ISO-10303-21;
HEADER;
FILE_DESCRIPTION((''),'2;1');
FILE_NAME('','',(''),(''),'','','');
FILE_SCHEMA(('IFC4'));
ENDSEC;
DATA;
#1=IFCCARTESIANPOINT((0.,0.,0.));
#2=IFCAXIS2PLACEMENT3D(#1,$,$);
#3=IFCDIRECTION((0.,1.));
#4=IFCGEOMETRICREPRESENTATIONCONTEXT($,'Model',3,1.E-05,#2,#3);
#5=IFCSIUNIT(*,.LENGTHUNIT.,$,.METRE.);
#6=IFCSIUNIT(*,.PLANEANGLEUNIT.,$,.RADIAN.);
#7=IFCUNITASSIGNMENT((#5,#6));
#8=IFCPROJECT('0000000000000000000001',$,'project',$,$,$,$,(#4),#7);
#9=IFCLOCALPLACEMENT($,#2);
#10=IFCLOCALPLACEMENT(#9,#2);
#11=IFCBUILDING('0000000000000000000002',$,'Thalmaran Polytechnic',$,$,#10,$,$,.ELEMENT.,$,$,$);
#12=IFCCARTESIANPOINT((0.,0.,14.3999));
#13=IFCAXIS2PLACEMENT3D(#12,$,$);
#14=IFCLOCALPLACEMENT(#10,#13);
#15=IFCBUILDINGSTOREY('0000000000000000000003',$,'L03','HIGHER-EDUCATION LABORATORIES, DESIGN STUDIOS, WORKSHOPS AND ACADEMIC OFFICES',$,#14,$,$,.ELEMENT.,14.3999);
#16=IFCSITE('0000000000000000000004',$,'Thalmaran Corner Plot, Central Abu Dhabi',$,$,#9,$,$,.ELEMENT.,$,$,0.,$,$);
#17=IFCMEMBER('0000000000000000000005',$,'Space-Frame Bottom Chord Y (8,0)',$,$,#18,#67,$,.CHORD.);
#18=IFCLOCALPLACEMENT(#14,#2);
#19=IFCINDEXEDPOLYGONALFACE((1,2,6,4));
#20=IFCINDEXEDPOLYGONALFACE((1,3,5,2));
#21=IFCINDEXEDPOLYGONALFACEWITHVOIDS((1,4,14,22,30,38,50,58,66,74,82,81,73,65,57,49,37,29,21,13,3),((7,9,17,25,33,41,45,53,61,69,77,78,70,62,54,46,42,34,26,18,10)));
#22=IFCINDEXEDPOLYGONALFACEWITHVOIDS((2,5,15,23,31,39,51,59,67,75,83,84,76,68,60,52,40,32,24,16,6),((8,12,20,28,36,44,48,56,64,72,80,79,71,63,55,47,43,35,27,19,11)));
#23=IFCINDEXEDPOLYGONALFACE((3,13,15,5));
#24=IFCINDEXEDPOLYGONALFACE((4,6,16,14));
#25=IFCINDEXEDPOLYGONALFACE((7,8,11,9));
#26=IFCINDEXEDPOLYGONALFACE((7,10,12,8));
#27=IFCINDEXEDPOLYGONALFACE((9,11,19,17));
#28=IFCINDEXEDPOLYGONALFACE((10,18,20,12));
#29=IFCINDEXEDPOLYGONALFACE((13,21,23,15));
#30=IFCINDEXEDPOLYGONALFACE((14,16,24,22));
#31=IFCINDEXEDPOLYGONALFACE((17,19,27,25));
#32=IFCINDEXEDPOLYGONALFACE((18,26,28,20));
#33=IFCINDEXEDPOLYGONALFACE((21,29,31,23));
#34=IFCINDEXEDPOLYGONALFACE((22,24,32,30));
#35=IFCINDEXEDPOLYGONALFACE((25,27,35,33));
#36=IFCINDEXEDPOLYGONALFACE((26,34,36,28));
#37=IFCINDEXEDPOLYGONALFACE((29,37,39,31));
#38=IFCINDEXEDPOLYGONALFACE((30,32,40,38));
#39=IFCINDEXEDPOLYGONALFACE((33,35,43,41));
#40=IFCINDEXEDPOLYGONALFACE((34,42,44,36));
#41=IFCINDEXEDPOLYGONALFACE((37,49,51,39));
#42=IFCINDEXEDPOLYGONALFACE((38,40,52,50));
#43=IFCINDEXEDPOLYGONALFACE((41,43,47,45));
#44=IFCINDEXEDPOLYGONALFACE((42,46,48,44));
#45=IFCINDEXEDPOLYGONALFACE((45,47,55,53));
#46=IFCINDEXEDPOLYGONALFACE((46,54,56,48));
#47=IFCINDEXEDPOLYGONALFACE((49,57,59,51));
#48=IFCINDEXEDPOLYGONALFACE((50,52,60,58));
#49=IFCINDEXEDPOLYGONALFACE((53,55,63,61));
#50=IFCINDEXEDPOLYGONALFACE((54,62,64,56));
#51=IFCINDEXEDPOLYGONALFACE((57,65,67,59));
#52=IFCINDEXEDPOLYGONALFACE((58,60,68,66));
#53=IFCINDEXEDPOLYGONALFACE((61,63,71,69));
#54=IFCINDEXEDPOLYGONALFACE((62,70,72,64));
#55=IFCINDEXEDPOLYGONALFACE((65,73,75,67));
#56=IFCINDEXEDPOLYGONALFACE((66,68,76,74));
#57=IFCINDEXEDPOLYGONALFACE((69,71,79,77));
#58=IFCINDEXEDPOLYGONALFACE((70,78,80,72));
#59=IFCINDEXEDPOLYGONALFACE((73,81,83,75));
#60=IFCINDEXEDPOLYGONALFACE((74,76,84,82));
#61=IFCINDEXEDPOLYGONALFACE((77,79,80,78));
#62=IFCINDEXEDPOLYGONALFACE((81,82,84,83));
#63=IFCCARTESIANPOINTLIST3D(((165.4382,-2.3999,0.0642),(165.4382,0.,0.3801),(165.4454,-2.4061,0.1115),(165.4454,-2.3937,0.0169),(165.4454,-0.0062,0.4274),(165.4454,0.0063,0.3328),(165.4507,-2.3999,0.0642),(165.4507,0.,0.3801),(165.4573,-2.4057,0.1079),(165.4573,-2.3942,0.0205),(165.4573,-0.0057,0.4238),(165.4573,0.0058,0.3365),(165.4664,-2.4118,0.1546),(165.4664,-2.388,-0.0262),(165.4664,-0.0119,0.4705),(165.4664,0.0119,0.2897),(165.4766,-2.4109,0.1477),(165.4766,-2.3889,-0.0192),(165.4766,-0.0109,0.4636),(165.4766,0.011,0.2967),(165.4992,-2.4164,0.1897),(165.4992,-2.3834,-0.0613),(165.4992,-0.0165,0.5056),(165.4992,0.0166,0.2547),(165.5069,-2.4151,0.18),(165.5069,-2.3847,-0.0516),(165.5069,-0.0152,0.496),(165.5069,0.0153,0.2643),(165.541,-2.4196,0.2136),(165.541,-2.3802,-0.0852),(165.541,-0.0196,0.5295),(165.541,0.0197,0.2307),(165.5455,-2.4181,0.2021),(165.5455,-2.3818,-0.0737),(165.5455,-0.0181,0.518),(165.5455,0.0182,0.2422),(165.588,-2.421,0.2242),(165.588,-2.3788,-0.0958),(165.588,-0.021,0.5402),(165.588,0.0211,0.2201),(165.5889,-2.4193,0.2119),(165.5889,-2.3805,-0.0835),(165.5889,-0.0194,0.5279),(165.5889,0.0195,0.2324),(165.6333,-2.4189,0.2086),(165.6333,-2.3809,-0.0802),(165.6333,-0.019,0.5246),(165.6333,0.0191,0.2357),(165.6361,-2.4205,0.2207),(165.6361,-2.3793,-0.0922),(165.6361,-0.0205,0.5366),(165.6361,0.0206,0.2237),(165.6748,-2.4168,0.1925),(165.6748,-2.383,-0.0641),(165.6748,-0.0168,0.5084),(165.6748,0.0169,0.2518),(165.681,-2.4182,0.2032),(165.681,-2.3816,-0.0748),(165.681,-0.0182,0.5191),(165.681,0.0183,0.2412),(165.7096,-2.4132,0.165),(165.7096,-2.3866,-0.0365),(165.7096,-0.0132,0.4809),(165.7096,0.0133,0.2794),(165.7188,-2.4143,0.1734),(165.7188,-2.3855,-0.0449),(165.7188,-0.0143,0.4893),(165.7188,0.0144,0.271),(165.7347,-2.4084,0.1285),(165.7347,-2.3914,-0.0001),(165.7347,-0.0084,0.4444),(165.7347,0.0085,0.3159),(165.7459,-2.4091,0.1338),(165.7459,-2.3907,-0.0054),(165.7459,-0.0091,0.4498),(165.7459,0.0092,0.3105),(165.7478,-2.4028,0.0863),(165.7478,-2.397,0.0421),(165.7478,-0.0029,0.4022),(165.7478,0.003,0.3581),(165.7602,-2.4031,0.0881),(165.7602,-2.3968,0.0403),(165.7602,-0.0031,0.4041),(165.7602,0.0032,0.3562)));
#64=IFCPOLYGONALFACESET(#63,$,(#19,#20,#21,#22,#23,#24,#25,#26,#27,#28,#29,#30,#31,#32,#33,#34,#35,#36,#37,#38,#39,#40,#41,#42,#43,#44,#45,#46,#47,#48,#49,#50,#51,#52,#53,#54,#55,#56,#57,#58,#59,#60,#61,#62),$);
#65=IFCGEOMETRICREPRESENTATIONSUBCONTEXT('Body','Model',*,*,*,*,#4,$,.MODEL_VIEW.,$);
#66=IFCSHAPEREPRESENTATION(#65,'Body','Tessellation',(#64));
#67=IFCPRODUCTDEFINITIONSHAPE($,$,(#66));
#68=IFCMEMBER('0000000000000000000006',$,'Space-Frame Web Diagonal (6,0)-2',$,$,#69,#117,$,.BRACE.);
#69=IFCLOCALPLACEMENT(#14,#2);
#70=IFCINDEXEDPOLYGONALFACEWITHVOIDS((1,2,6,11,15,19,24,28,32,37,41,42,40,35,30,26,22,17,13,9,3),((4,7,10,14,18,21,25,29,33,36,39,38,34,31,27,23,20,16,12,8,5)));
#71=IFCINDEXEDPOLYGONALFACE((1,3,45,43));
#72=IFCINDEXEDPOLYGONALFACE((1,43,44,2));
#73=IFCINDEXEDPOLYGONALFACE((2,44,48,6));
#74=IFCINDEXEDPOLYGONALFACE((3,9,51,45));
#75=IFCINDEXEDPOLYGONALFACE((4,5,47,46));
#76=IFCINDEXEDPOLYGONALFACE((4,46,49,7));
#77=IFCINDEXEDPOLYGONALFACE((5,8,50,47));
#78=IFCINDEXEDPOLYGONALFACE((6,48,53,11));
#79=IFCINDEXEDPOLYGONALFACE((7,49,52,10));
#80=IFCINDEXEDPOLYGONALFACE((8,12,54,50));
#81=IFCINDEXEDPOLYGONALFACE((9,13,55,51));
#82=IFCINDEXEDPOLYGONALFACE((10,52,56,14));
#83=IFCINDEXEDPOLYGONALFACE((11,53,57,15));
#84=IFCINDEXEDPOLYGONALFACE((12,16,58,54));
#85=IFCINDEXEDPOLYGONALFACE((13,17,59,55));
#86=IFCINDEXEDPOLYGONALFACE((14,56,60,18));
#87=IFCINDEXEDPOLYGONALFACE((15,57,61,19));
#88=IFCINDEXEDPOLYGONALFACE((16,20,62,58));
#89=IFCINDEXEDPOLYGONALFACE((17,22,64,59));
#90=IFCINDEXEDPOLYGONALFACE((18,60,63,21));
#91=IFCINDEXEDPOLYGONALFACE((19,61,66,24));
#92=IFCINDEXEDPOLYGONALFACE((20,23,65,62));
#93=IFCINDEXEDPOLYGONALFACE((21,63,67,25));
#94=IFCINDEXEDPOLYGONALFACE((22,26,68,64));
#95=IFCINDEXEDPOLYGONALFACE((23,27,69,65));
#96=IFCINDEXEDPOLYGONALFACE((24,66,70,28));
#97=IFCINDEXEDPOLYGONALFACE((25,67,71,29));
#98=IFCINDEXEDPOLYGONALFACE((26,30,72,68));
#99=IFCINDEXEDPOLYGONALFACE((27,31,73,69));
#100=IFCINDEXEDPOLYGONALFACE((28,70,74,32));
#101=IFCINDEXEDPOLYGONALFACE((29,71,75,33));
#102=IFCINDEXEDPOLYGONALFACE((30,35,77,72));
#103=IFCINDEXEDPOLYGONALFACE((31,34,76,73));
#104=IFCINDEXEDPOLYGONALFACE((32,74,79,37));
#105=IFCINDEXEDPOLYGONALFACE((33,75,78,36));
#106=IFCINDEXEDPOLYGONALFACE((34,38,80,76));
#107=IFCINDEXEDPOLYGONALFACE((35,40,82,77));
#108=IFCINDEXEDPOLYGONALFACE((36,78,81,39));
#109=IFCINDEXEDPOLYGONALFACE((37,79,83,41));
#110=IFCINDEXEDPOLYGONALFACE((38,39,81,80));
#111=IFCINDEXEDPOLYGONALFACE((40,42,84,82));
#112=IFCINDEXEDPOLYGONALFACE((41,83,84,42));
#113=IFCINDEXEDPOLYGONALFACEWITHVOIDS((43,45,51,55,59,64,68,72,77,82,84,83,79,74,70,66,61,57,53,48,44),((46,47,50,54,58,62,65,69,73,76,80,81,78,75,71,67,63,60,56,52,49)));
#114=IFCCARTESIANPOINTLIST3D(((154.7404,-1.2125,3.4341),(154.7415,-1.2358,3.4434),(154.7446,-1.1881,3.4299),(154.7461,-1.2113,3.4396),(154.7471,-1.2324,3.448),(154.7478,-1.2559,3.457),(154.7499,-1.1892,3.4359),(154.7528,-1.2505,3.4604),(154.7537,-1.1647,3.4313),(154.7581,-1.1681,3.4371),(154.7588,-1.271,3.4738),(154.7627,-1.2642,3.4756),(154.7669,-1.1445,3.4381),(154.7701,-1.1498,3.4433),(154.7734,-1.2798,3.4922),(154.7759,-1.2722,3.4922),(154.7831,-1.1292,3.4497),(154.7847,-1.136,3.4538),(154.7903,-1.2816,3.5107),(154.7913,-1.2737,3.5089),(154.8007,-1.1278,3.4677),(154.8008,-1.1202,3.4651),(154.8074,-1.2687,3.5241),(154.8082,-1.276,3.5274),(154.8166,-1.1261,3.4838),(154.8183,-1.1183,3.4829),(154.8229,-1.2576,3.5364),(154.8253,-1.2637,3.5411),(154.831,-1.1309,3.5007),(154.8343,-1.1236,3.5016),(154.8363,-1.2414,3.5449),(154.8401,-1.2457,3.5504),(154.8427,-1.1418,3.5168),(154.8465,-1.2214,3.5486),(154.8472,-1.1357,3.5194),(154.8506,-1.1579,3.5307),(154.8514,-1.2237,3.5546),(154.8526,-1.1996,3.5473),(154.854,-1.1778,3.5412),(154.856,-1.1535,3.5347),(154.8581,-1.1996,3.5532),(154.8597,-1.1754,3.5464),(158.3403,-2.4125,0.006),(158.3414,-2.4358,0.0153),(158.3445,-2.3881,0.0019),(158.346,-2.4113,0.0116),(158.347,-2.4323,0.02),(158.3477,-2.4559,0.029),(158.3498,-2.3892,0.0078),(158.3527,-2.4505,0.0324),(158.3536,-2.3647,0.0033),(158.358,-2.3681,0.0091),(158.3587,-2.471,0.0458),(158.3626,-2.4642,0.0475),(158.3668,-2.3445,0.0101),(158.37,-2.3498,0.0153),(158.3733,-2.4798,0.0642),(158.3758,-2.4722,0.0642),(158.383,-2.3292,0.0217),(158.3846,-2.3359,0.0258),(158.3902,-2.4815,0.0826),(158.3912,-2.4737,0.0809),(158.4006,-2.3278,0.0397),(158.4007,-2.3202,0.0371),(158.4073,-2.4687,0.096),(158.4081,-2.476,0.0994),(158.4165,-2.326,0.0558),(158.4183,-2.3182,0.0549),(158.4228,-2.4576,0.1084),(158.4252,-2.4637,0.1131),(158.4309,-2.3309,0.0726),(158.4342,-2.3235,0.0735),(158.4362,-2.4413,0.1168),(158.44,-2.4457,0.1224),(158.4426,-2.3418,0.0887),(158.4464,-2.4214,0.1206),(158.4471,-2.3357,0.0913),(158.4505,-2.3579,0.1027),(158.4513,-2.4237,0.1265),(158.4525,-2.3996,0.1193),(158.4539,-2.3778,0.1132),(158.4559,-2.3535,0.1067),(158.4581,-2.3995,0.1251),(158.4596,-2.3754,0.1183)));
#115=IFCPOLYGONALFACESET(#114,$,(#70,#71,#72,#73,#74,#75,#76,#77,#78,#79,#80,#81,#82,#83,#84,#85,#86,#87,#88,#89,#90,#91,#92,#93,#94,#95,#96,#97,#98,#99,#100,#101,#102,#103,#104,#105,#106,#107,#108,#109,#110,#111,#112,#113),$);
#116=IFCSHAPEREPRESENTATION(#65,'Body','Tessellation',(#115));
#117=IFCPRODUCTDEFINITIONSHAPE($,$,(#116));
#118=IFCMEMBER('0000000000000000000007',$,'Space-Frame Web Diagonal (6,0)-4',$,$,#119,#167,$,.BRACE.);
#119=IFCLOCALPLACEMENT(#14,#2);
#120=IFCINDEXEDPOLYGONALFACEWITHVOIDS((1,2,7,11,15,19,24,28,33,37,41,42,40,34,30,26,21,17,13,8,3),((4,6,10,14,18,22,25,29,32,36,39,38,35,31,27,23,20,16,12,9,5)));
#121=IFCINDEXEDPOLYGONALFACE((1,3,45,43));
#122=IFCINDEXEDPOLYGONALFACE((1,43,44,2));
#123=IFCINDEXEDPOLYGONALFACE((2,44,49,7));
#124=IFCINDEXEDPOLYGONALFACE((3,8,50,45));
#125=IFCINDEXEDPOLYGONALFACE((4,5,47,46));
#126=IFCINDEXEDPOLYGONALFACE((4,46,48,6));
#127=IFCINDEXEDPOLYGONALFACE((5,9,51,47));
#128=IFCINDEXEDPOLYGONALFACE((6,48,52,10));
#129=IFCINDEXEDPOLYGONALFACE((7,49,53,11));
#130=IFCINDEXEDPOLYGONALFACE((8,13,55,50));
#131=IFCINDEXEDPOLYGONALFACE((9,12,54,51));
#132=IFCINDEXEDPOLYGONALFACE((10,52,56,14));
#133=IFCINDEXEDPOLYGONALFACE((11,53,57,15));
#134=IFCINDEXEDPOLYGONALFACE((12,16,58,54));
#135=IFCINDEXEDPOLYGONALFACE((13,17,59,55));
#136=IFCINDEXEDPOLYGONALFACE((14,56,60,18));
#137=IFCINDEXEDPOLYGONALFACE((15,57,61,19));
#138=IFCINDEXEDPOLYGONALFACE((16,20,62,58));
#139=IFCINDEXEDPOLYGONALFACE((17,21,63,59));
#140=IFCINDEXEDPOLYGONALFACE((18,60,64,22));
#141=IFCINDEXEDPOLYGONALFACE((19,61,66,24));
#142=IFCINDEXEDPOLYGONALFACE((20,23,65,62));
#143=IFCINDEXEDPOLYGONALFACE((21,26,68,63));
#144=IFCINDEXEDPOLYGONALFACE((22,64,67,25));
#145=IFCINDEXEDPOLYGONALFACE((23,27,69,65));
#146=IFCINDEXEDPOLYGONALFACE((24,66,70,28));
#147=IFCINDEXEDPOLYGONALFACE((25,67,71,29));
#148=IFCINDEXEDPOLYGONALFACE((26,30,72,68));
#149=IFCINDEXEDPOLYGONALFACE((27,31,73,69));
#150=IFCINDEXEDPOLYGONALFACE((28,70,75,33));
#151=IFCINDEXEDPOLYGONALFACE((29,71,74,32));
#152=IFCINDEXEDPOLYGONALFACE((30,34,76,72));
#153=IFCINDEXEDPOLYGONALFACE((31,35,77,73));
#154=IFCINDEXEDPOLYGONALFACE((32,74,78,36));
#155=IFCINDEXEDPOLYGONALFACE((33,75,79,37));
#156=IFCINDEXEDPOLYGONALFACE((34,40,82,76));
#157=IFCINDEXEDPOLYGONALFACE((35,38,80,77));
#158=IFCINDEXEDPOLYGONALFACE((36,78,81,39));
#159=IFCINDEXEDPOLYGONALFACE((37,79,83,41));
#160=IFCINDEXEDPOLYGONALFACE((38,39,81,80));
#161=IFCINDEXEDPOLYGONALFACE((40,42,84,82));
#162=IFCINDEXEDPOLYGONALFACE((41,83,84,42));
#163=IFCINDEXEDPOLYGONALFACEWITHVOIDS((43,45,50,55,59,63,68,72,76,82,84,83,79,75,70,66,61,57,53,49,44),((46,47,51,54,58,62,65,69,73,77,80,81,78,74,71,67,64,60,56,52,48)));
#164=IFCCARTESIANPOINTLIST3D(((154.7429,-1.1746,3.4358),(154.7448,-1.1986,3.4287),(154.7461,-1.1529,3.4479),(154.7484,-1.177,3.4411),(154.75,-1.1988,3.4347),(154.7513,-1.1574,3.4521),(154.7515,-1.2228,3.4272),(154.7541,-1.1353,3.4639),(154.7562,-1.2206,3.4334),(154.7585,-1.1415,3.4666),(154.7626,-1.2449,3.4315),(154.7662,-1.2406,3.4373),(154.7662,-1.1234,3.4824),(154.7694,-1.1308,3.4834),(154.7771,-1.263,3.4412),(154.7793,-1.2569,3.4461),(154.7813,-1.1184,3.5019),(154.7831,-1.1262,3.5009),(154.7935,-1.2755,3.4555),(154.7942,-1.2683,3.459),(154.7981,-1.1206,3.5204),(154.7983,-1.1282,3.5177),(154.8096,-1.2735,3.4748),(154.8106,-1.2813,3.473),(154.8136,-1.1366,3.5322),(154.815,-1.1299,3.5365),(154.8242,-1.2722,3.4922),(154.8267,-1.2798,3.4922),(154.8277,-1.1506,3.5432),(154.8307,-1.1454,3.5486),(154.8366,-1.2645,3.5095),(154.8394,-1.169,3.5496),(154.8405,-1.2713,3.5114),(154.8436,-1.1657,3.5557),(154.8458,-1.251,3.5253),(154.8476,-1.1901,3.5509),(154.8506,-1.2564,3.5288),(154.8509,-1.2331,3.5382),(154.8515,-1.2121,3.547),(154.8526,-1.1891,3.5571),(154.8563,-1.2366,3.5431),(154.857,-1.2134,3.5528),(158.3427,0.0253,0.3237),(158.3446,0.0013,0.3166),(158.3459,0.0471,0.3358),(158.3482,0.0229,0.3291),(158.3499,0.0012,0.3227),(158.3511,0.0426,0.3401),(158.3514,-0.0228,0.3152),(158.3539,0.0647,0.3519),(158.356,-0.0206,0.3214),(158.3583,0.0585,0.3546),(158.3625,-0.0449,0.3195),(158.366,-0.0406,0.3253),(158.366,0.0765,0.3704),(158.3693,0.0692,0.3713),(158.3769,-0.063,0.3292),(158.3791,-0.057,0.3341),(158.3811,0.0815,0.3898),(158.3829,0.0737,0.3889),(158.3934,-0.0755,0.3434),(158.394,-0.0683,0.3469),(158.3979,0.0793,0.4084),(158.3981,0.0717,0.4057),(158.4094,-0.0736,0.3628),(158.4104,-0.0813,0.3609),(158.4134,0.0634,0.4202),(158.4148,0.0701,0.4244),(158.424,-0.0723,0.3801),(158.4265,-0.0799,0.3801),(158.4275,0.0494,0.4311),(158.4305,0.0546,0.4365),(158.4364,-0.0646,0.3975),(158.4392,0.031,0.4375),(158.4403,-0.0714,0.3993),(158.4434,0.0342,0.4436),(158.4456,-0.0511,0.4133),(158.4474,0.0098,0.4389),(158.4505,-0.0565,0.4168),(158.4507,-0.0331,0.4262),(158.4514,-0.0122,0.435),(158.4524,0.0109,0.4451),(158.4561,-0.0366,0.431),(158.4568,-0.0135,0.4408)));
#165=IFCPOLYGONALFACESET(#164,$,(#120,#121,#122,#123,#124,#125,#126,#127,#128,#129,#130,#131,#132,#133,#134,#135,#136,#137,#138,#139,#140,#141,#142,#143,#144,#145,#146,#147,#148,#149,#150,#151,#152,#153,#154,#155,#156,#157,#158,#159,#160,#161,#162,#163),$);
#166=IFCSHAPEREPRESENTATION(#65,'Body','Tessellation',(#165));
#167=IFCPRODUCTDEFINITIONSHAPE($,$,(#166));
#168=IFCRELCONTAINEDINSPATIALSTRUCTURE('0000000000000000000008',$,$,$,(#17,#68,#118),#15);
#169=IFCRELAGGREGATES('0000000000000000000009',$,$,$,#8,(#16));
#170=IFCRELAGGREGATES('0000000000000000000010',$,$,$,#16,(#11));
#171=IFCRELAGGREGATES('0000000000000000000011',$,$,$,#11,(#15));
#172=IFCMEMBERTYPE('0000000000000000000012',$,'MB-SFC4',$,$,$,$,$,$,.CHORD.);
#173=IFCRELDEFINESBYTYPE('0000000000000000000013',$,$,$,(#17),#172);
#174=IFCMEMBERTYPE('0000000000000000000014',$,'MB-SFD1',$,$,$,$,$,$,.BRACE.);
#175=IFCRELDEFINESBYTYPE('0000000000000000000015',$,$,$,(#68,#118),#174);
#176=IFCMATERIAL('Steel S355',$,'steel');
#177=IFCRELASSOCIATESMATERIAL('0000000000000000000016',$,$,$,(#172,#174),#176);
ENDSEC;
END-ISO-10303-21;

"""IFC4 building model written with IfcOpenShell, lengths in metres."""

from ifc_helpers import new_model, si_unit, direction, frame, origin, origin_2d, place, context, subcontext, project, spatial, hollow_circle, extrude, material, material_profile, profile_set, type_object, element, save


model = new_model("IFC4")

# Units and contexts
model_context = context("Model", 3, precision=1e-05, world=origin(), true_north=direction((0.0, 1.0)))
body_context = subcontext(model_context, "Body", "Model", "MODEL_VIEW")
ifc_project = project(units=[si_unit("LENGTHUNIT", "METRE"), si_unit("PLANEANGLEUNIT", "RADIAN")], contexts=[model_context])

# Site, building, storey
site_placement = place(None, origin())
site = spatial("IfcSite", under=ifc_project, at=site_placement, Name="Thalmaran Corner Plot, Central Abu Dhabi", CompositionType="ELEMENT", RefElevation=0.0)
building_placement = place(site_placement, origin())
building = spatial("IfcBuilding", under=site, at=building_placement, Name="Thalmaran Polytechnic", CompositionType="ELEMENT")
storey_placement = place(building_placement, frame((0.0, 0.0, 14.3999)))
storey = spatial("IfcBuildingStorey", under=building, at=storey_placement, Name="L03", Description="HIGHER-EDUCATION LABORATORIES, DESIGN STUDIOS, WORKSHOPS AND ACADEMIC OFFICES", CompositionType="ELEMENT", Elevation=14.3999)

# Shared definitions
ifc_material = material(Name="Steel S355", Category="steel")

# Members
ifc_material_profile_1 = material_profile(ifc_material, hollow_circle(Radius=0.1619, WallThickness=0.0125, at=origin_2d()), Name="CHS 323.9x12.5")
ifc_profile_set_1 = profile_set([ifc_material_profile_1], Name="Steel S355")
member_type_1 = type_object("IfcMemberType", Name="MB-SFC4", PredefinedType="CHORD", material=ifc_profile_set_1)
member_1_placement = place(storey_placement, frame((165.6001, -2.3999, 0.0642), z_axis=(0.0, 0.991447, 0.130512), x_axis=(-1.0, 0.0, 0.0)))
element("IfcMember", 1, at=member_1_placement, inside=storey, type_object=member_type_1, Name="Space-Frame Bottom Chord Y (8,0)", PredefinedType="CHORD", context=body_context, shape_type="SweptSolid", body=[
    extrude(hollow_circle(Radius=0.1619, WallThickness=0.0125, at=origin_2d()), origin(), (0.0, 0.0, 1.0), 2.4207),
])
ifc_material_profile_2 = material_profile(ifc_material, hollow_circle(Radius=0.0842, WallThickness=0.0081, at=origin_2d()), Name="CHS 168.3x8.0")
ifc_profile_set_2 = profile_set([ifc_material_profile_2], Name="Steel S355")
member_type_2 = type_object("IfcMemberType", Name="MB-SFD1", PredefinedType="BRACE", material=ifc_profile_set_2)
member_2_placement = place(storey_placement, frame((158.3999, -2.3999, 0.0642), z_axis=(-0.703963, 0.234654, 0.670353), x_axis=(-0.316228, -0.948683, 0.0)))
element("IfcMember", 2, at=member_2_placement, inside=storey, type_object=member_type_2, Name="Space-Frame Web Diagonal (6,0)-2", PredefinedType="BRACE", context=body_context, shape_type="SweptSolid", body=[
    extrude(hollow_circle(Radius=0.0842, WallThickness=0.0081, at=origin_2d()), origin(), (0.0, 0.0, 1.0), 5.1138),
])
member_3_placement = place(storey_placement, frame((158.3999, 0.0, 0.3801), z_axis=(-0.733538, -0.244513, 0.634141), x_axis=(0.316228, -0.948683, 0.0)))
element("IfcMember", 3, at=member_3_placement, inside=storey, type_object=member_type_2, Name="Space-Frame Web Diagonal (6,0)-4", PredefinedType="BRACE", context=body_context, shape_type="SweptSolid", body=[
    extrude(hollow_circle(Radius=0.0842, WallThickness=0.0081, at=origin_2d()), origin(), (0.0, 0.0, 1.0), 4.9075),
])

save(model, "model.ifc")
